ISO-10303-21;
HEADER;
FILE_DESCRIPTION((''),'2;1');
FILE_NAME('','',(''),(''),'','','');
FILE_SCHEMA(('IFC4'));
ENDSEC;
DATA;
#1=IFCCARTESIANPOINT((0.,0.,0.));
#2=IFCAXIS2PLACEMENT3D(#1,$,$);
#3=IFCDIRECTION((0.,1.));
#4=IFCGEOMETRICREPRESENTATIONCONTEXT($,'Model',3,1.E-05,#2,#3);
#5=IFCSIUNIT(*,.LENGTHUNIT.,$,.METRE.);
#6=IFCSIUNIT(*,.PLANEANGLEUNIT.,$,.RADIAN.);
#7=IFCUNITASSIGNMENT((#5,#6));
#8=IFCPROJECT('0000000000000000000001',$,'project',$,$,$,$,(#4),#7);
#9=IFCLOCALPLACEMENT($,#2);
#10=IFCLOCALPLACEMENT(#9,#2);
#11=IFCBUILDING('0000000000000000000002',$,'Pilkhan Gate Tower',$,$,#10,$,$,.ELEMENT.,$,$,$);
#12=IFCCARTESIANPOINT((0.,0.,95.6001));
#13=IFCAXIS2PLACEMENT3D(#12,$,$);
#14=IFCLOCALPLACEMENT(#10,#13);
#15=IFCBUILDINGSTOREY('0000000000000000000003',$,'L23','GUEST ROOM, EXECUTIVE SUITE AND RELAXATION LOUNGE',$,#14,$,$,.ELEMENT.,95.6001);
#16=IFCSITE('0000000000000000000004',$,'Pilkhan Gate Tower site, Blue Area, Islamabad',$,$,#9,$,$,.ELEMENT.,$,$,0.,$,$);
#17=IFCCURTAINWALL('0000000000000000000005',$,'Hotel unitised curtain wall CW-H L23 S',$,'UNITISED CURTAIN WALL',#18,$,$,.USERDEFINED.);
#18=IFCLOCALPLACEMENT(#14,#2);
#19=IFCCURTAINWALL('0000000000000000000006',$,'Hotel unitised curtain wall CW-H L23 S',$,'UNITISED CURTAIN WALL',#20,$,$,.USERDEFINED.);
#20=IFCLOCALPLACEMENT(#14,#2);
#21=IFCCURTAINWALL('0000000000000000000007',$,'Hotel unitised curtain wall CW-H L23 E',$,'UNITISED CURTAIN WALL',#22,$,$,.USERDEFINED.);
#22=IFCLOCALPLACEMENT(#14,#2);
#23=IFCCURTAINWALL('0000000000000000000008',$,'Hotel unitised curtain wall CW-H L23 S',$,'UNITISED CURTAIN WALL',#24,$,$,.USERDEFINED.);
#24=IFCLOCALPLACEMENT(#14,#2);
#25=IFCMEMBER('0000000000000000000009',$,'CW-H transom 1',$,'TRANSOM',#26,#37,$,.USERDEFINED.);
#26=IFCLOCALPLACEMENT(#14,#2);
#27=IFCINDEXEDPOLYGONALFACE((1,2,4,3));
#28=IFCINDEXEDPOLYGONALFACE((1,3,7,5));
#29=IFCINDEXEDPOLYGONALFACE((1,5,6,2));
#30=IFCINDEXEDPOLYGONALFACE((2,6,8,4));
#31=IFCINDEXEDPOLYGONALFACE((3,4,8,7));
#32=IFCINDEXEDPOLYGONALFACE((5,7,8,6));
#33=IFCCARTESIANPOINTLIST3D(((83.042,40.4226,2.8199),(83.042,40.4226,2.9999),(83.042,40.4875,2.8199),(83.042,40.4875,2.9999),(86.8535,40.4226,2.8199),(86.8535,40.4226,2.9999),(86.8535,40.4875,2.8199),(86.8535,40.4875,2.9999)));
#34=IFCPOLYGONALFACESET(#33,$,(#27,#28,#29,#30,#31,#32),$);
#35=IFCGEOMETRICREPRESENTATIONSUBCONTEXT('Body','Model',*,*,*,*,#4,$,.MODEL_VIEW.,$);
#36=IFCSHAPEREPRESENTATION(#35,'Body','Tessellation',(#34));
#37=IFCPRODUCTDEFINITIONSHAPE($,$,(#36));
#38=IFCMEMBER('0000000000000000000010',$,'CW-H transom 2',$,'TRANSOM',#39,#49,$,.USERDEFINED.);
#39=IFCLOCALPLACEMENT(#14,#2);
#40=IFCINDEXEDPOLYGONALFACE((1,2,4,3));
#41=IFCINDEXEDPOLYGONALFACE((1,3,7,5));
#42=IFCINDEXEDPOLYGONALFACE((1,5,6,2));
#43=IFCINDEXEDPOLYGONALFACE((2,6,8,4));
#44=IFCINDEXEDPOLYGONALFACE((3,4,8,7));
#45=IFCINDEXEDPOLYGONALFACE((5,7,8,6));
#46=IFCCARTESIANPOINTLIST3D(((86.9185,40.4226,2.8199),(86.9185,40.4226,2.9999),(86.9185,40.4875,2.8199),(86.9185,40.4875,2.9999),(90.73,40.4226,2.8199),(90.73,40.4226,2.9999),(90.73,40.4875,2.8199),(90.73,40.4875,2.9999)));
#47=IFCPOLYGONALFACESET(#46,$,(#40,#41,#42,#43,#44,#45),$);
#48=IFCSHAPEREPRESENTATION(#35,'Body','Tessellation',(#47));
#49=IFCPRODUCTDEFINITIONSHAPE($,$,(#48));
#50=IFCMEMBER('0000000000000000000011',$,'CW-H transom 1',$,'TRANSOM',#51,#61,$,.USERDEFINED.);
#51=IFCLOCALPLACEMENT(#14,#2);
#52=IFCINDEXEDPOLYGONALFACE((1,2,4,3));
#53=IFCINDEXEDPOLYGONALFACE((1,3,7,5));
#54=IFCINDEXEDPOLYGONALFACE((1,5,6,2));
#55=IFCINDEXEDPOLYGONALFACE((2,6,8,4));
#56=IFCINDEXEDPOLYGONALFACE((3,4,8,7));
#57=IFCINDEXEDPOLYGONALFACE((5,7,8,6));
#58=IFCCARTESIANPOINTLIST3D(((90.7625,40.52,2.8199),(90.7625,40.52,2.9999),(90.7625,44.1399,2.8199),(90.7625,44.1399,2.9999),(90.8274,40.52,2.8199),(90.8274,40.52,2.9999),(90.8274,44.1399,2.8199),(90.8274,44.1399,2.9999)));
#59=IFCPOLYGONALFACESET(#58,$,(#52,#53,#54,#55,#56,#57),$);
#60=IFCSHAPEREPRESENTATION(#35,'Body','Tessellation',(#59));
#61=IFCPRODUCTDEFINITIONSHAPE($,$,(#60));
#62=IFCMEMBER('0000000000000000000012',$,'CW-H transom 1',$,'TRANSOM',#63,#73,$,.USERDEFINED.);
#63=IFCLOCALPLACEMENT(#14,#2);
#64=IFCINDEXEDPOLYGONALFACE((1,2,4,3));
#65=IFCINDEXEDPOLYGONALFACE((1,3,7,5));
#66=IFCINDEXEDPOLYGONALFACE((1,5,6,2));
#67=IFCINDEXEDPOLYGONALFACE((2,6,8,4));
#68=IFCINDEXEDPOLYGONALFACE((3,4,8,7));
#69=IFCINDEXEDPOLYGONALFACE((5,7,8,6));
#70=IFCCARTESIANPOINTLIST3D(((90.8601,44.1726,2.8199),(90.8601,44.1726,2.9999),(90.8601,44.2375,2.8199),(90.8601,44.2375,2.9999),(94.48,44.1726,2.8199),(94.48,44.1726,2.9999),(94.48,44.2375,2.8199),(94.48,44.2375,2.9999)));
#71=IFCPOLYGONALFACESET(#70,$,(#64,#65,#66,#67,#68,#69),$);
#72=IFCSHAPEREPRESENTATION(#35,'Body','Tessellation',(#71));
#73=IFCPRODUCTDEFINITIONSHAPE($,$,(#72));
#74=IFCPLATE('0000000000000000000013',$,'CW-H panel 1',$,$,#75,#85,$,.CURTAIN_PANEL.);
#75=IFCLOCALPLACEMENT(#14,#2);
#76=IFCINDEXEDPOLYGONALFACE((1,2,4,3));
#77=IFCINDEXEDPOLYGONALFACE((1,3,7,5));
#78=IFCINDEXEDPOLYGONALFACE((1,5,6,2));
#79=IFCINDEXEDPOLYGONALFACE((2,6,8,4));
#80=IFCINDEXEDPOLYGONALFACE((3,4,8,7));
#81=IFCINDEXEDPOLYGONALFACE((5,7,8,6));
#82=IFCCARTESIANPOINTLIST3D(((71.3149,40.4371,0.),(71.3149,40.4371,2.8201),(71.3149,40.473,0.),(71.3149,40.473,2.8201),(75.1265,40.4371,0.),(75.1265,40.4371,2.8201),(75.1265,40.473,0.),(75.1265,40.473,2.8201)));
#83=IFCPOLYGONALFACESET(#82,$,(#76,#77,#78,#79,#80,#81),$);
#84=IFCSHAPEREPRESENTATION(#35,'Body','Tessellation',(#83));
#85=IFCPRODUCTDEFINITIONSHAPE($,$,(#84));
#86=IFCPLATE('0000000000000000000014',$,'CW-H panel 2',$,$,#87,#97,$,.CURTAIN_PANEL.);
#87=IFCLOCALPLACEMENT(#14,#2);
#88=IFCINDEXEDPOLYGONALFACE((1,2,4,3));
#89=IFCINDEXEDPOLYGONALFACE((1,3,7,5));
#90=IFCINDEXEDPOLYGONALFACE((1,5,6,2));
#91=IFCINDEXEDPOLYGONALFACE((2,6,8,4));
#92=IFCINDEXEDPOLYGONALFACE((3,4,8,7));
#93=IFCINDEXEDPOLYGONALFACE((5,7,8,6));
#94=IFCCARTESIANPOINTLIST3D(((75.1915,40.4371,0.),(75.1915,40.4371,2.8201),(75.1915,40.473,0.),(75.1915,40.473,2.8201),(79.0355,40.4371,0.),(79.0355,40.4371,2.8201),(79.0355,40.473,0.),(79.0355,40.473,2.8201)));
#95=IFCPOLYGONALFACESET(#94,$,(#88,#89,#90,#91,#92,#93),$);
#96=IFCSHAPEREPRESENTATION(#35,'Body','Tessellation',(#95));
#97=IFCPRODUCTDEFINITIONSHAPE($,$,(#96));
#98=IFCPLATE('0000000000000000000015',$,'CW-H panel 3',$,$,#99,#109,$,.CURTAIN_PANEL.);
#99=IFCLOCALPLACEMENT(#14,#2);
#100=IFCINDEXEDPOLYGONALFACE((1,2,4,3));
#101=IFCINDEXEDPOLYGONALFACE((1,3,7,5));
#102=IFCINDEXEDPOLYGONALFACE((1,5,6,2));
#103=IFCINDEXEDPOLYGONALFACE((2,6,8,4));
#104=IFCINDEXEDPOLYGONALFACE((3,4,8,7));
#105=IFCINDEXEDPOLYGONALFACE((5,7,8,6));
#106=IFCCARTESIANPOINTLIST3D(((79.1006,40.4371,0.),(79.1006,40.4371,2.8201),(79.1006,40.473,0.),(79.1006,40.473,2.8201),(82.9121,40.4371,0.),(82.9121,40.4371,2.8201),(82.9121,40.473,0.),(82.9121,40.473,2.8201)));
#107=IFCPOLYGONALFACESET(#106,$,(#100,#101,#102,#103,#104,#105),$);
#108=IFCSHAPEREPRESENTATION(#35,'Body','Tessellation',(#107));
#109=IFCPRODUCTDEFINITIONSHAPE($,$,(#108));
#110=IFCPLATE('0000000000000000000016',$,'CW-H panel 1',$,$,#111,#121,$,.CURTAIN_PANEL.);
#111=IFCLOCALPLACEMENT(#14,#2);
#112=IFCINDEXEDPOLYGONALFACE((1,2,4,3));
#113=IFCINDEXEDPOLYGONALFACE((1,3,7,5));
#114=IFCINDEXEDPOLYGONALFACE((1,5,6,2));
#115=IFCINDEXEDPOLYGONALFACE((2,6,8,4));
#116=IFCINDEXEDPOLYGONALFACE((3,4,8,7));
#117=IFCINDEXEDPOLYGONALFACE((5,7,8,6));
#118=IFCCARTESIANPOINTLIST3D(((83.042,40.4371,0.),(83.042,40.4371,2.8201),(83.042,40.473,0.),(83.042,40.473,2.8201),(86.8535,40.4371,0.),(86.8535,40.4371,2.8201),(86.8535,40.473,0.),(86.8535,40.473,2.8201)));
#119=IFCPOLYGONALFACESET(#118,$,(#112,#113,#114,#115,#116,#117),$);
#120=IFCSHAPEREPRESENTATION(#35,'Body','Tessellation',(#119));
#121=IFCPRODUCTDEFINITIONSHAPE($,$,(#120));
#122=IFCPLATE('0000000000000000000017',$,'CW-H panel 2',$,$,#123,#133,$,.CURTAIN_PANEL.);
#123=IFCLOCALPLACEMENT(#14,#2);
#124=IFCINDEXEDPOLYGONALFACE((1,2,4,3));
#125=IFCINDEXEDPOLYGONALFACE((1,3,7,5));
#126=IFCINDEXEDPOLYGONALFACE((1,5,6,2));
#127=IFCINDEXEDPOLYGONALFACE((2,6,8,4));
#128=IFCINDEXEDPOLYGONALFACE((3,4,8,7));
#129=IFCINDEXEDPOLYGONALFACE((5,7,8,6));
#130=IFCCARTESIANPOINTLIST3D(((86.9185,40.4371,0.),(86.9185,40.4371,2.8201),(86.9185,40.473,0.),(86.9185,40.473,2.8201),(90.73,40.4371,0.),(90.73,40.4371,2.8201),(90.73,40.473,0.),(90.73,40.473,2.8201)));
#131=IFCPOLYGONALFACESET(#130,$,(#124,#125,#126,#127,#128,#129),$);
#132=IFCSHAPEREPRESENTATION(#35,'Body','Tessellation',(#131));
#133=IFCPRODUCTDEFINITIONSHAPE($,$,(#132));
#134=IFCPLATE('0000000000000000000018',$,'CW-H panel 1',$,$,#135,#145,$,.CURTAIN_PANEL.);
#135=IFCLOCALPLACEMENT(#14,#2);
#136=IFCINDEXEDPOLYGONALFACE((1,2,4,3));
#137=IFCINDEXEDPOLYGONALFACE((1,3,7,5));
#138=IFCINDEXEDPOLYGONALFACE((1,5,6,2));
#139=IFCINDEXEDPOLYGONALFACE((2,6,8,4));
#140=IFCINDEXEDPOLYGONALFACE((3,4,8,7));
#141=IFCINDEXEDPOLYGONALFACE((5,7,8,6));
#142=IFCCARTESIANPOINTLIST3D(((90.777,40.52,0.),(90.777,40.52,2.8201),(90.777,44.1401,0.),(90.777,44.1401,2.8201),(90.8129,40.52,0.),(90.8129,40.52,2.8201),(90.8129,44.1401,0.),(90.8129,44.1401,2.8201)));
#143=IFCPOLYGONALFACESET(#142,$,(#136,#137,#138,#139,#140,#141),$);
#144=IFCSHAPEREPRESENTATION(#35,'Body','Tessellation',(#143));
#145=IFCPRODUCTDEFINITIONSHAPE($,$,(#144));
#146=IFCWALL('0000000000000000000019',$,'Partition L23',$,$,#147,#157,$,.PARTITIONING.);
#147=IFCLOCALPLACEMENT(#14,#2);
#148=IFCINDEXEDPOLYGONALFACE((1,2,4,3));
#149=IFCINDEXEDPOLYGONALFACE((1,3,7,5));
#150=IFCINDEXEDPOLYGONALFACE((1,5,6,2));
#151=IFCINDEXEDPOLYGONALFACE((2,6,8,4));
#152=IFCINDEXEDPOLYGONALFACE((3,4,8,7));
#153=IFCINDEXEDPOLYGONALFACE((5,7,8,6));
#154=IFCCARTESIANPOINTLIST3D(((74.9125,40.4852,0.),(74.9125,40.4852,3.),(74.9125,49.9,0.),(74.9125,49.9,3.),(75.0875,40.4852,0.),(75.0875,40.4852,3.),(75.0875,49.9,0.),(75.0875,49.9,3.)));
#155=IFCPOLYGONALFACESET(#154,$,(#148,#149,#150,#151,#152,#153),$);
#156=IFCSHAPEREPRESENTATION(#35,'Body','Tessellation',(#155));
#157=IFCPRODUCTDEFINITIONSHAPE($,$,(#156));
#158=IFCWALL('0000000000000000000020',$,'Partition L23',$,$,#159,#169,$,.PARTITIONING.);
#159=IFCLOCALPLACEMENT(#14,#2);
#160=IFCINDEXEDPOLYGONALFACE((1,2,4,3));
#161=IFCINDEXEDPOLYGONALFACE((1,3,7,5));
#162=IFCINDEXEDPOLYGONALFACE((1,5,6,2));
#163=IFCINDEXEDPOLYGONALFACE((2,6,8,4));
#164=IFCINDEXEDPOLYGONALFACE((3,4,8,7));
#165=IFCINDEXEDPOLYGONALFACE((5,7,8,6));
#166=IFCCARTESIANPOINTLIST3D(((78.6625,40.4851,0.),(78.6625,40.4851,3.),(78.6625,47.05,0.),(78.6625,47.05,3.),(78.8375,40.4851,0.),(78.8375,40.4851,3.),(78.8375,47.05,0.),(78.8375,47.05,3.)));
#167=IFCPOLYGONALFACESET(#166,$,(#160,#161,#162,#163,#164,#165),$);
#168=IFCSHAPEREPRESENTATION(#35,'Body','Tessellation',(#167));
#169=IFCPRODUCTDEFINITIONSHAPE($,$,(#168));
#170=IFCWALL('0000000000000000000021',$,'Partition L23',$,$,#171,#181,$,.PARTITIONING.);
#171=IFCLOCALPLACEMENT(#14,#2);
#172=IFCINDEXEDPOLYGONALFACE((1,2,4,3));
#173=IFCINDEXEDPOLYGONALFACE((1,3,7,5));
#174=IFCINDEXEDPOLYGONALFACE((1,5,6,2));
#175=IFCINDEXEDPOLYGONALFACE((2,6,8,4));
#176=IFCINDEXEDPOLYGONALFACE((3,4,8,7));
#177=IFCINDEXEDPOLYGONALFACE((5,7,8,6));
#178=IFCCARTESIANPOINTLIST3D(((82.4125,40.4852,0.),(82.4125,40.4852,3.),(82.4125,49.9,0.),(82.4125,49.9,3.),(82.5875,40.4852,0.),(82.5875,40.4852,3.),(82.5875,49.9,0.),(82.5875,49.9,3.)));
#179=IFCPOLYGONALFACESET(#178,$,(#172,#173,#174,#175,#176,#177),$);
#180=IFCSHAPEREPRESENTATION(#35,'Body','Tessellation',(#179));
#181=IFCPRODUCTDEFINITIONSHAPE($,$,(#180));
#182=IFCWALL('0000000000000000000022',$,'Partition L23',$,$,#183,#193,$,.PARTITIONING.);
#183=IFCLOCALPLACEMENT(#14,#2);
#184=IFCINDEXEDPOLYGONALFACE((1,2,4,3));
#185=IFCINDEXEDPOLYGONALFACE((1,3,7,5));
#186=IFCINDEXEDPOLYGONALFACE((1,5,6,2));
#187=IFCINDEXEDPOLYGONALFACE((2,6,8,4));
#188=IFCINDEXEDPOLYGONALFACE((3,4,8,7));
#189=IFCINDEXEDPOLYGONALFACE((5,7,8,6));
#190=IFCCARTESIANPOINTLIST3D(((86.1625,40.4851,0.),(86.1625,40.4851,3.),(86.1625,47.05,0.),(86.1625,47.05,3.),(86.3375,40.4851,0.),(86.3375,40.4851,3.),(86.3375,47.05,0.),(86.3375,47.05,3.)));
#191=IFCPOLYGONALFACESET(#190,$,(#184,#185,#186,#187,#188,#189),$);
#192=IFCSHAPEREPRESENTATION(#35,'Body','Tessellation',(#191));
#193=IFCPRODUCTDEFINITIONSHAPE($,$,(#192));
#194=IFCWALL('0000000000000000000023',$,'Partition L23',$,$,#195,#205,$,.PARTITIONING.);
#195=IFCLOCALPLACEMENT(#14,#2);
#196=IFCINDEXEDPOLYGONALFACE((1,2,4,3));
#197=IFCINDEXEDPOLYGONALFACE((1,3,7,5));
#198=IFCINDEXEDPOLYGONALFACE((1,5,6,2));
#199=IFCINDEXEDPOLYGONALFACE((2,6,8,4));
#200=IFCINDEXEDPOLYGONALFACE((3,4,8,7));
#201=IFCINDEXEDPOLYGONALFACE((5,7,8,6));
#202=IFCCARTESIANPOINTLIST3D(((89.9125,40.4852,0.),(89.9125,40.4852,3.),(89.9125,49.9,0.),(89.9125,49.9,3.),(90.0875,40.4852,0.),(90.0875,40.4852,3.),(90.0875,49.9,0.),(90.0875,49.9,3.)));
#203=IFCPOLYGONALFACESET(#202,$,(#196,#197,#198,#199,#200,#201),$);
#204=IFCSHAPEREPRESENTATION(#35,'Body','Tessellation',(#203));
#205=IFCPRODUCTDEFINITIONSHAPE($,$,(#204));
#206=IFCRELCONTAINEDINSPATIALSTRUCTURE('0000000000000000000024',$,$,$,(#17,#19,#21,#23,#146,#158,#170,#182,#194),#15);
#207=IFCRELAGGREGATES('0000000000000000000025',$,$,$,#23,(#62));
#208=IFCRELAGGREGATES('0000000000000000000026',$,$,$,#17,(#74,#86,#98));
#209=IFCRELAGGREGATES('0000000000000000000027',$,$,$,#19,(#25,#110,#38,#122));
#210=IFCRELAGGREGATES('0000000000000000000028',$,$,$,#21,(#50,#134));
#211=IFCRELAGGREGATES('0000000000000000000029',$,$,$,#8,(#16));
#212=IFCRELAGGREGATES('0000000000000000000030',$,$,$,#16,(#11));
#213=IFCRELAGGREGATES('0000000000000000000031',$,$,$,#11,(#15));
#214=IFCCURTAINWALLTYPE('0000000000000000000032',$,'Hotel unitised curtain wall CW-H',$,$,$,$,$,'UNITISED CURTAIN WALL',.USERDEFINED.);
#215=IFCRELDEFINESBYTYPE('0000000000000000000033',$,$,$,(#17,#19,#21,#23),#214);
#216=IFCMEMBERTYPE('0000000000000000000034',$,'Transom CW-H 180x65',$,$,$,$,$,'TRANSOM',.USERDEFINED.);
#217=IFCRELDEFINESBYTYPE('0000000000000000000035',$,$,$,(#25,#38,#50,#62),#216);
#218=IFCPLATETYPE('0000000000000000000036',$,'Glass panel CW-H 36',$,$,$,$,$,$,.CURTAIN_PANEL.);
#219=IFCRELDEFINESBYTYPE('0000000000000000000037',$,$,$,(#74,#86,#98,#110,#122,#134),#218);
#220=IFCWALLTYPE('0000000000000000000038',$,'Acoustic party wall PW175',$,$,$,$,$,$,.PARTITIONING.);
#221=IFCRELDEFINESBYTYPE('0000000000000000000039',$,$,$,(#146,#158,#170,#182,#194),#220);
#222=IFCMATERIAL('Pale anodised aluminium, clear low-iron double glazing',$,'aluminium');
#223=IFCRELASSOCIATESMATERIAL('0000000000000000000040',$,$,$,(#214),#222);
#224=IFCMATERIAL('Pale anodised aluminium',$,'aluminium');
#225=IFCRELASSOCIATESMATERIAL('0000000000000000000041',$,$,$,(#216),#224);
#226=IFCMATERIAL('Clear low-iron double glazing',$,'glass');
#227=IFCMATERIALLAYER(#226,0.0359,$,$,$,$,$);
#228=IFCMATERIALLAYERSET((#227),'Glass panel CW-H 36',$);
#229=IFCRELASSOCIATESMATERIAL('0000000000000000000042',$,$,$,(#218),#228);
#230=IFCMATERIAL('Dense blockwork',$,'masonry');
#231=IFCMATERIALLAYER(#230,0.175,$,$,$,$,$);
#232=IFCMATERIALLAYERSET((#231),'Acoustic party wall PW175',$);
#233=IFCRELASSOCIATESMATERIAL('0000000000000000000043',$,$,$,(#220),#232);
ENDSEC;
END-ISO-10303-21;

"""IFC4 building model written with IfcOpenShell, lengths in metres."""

from ifc_helpers import new_model, si_unit, direction, frame, frame_2d, origin, origin_2d, place, context, subcontext, project, spatial, rectangle, extrude, material, layer, layer_set, material_profile, profile_set, type_object, element, aggregate, save


model = new_model("IFC4")

# Units and contexts
model_context = context("Model", 3, precision=1e-05, world=origin(), true_north=direction((0.0, 1.0)))
body_context = subcontext(model_context, "Body", "Model", "MODEL_VIEW")
ifc_project = project(units=[si_unit("LENGTHUNIT", "METRE"), si_unit("PLANEANGLEUNIT", "RADIAN")], contexts=[model_context])

# Site, building, storey
site_placement = place(None, origin())
site = spatial("IfcSite", under=ifc_project, at=site_placement, Name="Pilkhan Gate Tower site, Blue Area, Islamabad", CompositionType="ELEMENT", RefElevation=0.0)
building_placement = place(site_placement, origin())
building = spatial("IfcBuilding", under=site, at=building_placement, Name="Pilkhan Gate Tower", CompositionType="ELEMENT")
storey_placement = place(building_placement, frame((0.0, 0.0, 95.6001)))
storey = spatial("IfcBuildingStorey", under=building, at=storey_placement, Name="L23", Description="GUEST ROOM, EXECUTIVE SUITE AND RELAXATION LOUNGE", CompositionType="ELEMENT", Elevation=95.6001)

# Curtain walls
ifc_material_1 = material(Name="Pale anodised aluminium, clear low-iron double glazing", Category="aluminium")
curtain_wall_type = type_object("IfcCurtainWallType", Name="Hotel unitised curtain wall CW-H", ElementType="UNITISED CURTAIN WALL", PredefinedType="USERDEFINED", material=ifc_material_1)
curtain_wall_1_placement = place(storey_placement, origin())
curtain_wall_1 = element("IfcCurtainWall", 1, at=curtain_wall_1_placement, inside=storey, type_object=curtain_wall_type, Name="Hotel unitised curtain wall CW-H L23 S", ObjectType="UNITISED CURTAIN WALL", PredefinedType="USERDEFINED")
ifc_material_2 = material(Name="Pale anodised aluminium", Category="aluminium")
curtain_wall_2_placement = place(storey_placement, origin())
curtain_wall_2 = element("IfcCurtainWall", 2, at=curtain_wall_2_placement, inside=storey, type_object=curtain_wall_type, Name="Hotel unitised curtain wall CW-H L23 S", ObjectType="UNITISED CURTAIN WALL", PredefinedType="USERDEFINED")
curtain_wall_3_placement = place(storey_placement, origin())
curtain_wall_3 = element("IfcCurtainWall", 3, at=curtain_wall_3_placement, inside=storey, type_object=curtain_wall_type, Name="Hotel unitised curtain wall CW-H L23 E", ObjectType="UNITISED CURTAIN WALL", PredefinedType="USERDEFINED")

# Curtain wall
curtain_wall_4_placement = place(storey_placement, origin())
curtain_wall_4 = element("IfcCurtainWall", 4, at=curtain_wall_4_placement, inside=storey, type_object=curtain_wall_type, Name="Hotel unitised curtain wall CW-H L23 S", ObjectType="UNITISED CURTAIN WALL", PredefinedType="USERDEFINED")

# Members
ifc_material_profile_1 = material_profile(ifc_material_2, rectangle(XDim=0.0649, YDim=0.1799, at=origin_2d()), Name="Transom 180x65")
ifc_profile_set_1 = profile_set([ifc_material_profile_1], Name="Pale anodised aluminium")
member_type_1 = type_object("IfcMemberType", Name="Transom CW-H 180x65", ElementType="TRANSOM", PredefinedType="USERDEFINED", material=ifc_profile_set_1)
member_1_placement = place(storey_placement, frame((83.042, 40.4551, 2.9099), z_axis=(1.0, 0.0, 0.0), x_axis=(0.0, 1.0, 0.0)))
member_1 = element("IfcMember", 5, at=member_1_placement, type_object=member_type_1, Name="CW-H transom 1", ObjectType="TRANSOM", PredefinedType="USERDEFINED", context=body_context, shape_type="SweptSolid", body=[
    extrude(rectangle(XDim=0.0649, YDim=0.1799, at=origin_2d()), origin(), (0.0, 0.0, 1.0), 3.8115),
])
member_2_placement = place(storey_placement, frame((86.9185, 40.4551, 2.9099), z_axis=(1.0, 0.0, 0.0), x_axis=(0.0, 1.0, 0.0)))
member_2 = element("IfcMember", 6, at=member_2_placement, type_object=member_type_1, Name="CW-H transom 2", ObjectType="TRANSOM", PredefinedType="USERDEFINED", context=body_context, shape_type="SweptSolid", body=[
    extrude(rectangle(XDim=0.0649, YDim=0.1799, at=origin_2d()), origin(), (0.0, 0.0, 1.0), 3.8115),
])
member_3_placement = place(storey_placement, frame((90.7949, 40.52, 2.9099), z_axis=(0.0, 1.0, 0.0), x_axis=(-1.0, 0.0, 0.0)))
member_3 = element("IfcMember", 7, at=member_3_placement, type_object=member_type_1, Name="CW-H transom 1", ObjectType="TRANSOM", PredefinedType="USERDEFINED", context=body_context, shape_type="SweptSolid", body=[
    extrude(rectangle(XDim=0.0649, YDim=0.1799, at=origin_2d()), origin(), (0.0, 0.0, 1.0), 3.6199),
])
member_4_placement = place(storey_placement, frame((90.8601, 44.2051, 2.9099), z_axis=(1.0, 0.0, 0.0), x_axis=(0.0, 1.0, 0.0)))
member_4 = element("IfcMember", 8, at=member_4_placement, type_object=member_type_1, Name="CW-H transom 1", ObjectType="TRANSOM", PredefinedType="USERDEFINED", context=body_context, shape_type="SweptSolid", body=[
    extrude(rectangle(XDim=0.0649, YDim=0.1799, at=origin_2d()), origin(), (0.0, 0.0, 1.0), 3.6199),
])
aggregate(curtain_wall_4, [member_4])

# Plates
ifc_material_3 = material(Name="Clear low-iron double glazing", Category="glass")
ifc_layer_1 = layer(ifc_material_3, 0.0359)
ifc_layer_set_1 = layer_set([ifc_layer_1], Name="Glass panel CW-H 36")
plate_type = type_object("IfcPlateType", Name="Glass panel CW-H 36", PredefinedType="CURTAIN_PANEL", material=ifc_layer_set_1)
plate_1_placement = place(storey_placement, frame((73.2207, 40.4551, 0.0), z_axis=(0.0, 0.0, 1.0), x_axis=(1.0, 0.0, 0.0)))
plate_1 = element("IfcPlate", 9, at=plate_1_placement, type_object=plate_type, Name="CW-H panel 1", PredefinedType="CURTAIN_PANEL", context=body_context, shape_type="SweptSolid", body=[
    extrude(rectangle(XDim=3.8115, YDim=0.0359, at=origin_2d()), origin(), (0.0, 0.0, 1.0), 2.8201),
])
plate_2_placement = place(storey_placement, frame((77.1135, 40.4551, 0.0), z_axis=(0.0, 0.0, 1.0), x_axis=(1.0, 0.0, 0.0)))
plate_2 = element("IfcPlate", 10, at=plate_2_placement, type_object=plate_type, Name="CW-H panel 2", PredefinedType="CURTAIN_PANEL", context=body_context, shape_type="SweptSolid", body=[
    extrude(rectangle(XDim=3.844, YDim=0.0359, at=origin_2d()), origin(), (0.0, 0.0, 1.0), 2.8201),
])
plate_3_placement = place(storey_placement, frame((81.0063, 40.4551, 0.0), z_axis=(0.0, 0.0, 1.0), x_axis=(1.0, 0.0, 0.0)))
plate_3 = element("IfcPlate", 11, at=plate_3_placement, type_object=plate_type, Name="CW-H panel 3", PredefinedType="CURTAIN_PANEL", context=body_context, shape_type="SweptSolid", body=[
    extrude(rectangle(XDim=3.8115, YDim=0.0359, at=origin_2d()), origin(), (0.0, 0.0, 1.0), 2.8201),
])
aggregate(curtain_wall_1, [plate_1, plate_2, plate_3])
plate_4_placement = place(storey_placement, frame((84.9478, 40.4551, 0.0), z_axis=(0.0, 0.0, 1.0), x_axis=(1.0, 0.0, 0.0)))
plate_4 = element("IfcPlate", 12, at=plate_4_placement, type_object=plate_type, Name="CW-H panel 1", PredefinedType="CURTAIN_PANEL", context=body_context, shape_type="SweptSolid", body=[
    extrude(rectangle(XDim=3.8115, YDim=0.0359, at=origin_2d()), origin(), (0.0, 0.0, 1.0), 2.8201),
])
plate_5_placement = place(storey_placement, frame((88.8242, 40.4551, 0.0), z_axis=(0.0, 0.0, 1.0), x_axis=(1.0, 0.0, 0.0)))
plate_5 = element("IfcPlate", 13, at=plate_5_placement, type_object=plate_type, Name="CW-H panel 2", PredefinedType="CURTAIN_PANEL", context=body_context, shape_type="SweptSolid", body=[
    extrude(rectangle(XDim=3.8115, YDim=0.0359, at=origin_2d()), origin(), (0.0, 0.0, 1.0), 2.8201),
])
aggregate(curtain_wall_2, [member_1, plate_4, member_2, plate_5])
plate_6_placement = place(storey_placement, frame((90.7949, 42.3301, 0.0), z_axis=(0.0, 0.0, 1.0), x_axis=(0.0, 1.0, 0.0)))
plate_6 = element("IfcPlate", 14, at=plate_6_placement, type_object=plate_type, Name="CW-H panel 1", PredefinedType="CURTAIN_PANEL", context=body_context, shape_type="SweptSolid", body=[
    extrude(rectangle(XDim=3.6201, YDim=0.0359, at=origin_2d()), origin(), (0.0, 0.0, 1.0), 2.8201),
])
aggregate(curtain_wall_3, [member_3, plate_6])

# Walls
ifc_material_4 = material(Name="Dense blockwork", Category="masonry")
ifc_layer_2 = layer(ifc_material_4, 0.175)
ifc_layer_set_2 = layer_set([ifc_layer_2], Name="Acoustic party wall PW175")
wall_type_1 = type_object("IfcWallType", Name="Acoustic party wall PW175", PredefinedType="PARTITIONING", material=ifc_layer_set_2)
wall_1_placement = place(storey_placement, frame((75.0, 40.4851, 0.0), z_axis=(0.0, 0.0, 1.0), x_axis=(0.0, 1.0, 0.0)))
element("IfcWall", 15, at=wall_1_placement, inside=storey, type_object=wall_type_1, Name="Partition L23", PredefinedType="PARTITIONING", context=body_context, shape_type="SweptSolid", body=[
    extrude(rectangle(XDim=9.4148, YDim=0.175, at=frame_2d((4.7075, 0.0))), origin(), (0.0, 0.0, 1.0), 3.0),
])
wall_2_placement = place(storey_placement, frame((78.75, 40.4851, 0.0), z_axis=(0.0, 0.0, 1.0), x_axis=(0.0, 1.0, 0.0)))
element("IfcWall", 16, at=wall_2_placement, inside=storey, type_object=wall_type_1, Name="Partition L23", PredefinedType="PARTITIONING", context=body_context, shape_type="SweptSolid", body=[
    extrude(rectangle(XDim=6.5649, YDim=0.175, at=frame_2d((3.2825, 0.0))), origin(), (0.0, 0.0, 1.0), 3.0),
])
wall_3_placement = place(storey_placement, frame((82.5, 40.4851, 0.0), z_axis=(0.0, 0.0, 1.0), x_axis=(0.0, 1.0, 0.0)))
element("IfcWall", 17, at=wall_3_placement, inside=storey, type_object=wall_type_1, Name="Partition L23", PredefinedType="PARTITIONING", context=body_context, shape_type="SweptSolid", body=[
    extrude(rectangle(XDim=9.4148, YDim=0.175, at=frame_2d((4.7075, 0.0))), origin(), (0.0, 0.0, 1.0), 3.0),
])
wall_4_placement = place(storey_placement, frame((86.25, 40.4851, 0.0), z_axis=(0.0, 0.0, 1.0), x_axis=(0.0, 1.0, 0.0)))
element("IfcWall", 18, at=wall_4_placement, inside=storey, type_object=wall_type_1, Name="Partition L23", PredefinedType="PARTITIONING", context=body_context, shape_type="SweptSolid", body=[
    extrude(rectangle(XDim=6.5649, YDim=0.175, at=frame_2d((3.2825, 0.0))), origin(), (0.0, 0.0, 1.0), 3.0),
])
wall_5_placement = place(storey_placement, frame((90.0, 40.4851, 0.0), z_axis=(0.0, 0.0, 1.0), x_axis=(0.0, 1.0, 0.0)))
element("IfcWall", 19, at=wall_5_placement, inside=storey, type_object=wall_type_1, Name="Partition L23", PredefinedType="PARTITIONING", context=body_context, shape_type="SweptSolid", body=[
    extrude(rectangle(XDim=9.4148, YDim=0.175, at=frame_2d((4.7075, 0.0))), origin(), (0.0, 0.0, 1.0), 3.0),
])

save(model, "model.ifc")
